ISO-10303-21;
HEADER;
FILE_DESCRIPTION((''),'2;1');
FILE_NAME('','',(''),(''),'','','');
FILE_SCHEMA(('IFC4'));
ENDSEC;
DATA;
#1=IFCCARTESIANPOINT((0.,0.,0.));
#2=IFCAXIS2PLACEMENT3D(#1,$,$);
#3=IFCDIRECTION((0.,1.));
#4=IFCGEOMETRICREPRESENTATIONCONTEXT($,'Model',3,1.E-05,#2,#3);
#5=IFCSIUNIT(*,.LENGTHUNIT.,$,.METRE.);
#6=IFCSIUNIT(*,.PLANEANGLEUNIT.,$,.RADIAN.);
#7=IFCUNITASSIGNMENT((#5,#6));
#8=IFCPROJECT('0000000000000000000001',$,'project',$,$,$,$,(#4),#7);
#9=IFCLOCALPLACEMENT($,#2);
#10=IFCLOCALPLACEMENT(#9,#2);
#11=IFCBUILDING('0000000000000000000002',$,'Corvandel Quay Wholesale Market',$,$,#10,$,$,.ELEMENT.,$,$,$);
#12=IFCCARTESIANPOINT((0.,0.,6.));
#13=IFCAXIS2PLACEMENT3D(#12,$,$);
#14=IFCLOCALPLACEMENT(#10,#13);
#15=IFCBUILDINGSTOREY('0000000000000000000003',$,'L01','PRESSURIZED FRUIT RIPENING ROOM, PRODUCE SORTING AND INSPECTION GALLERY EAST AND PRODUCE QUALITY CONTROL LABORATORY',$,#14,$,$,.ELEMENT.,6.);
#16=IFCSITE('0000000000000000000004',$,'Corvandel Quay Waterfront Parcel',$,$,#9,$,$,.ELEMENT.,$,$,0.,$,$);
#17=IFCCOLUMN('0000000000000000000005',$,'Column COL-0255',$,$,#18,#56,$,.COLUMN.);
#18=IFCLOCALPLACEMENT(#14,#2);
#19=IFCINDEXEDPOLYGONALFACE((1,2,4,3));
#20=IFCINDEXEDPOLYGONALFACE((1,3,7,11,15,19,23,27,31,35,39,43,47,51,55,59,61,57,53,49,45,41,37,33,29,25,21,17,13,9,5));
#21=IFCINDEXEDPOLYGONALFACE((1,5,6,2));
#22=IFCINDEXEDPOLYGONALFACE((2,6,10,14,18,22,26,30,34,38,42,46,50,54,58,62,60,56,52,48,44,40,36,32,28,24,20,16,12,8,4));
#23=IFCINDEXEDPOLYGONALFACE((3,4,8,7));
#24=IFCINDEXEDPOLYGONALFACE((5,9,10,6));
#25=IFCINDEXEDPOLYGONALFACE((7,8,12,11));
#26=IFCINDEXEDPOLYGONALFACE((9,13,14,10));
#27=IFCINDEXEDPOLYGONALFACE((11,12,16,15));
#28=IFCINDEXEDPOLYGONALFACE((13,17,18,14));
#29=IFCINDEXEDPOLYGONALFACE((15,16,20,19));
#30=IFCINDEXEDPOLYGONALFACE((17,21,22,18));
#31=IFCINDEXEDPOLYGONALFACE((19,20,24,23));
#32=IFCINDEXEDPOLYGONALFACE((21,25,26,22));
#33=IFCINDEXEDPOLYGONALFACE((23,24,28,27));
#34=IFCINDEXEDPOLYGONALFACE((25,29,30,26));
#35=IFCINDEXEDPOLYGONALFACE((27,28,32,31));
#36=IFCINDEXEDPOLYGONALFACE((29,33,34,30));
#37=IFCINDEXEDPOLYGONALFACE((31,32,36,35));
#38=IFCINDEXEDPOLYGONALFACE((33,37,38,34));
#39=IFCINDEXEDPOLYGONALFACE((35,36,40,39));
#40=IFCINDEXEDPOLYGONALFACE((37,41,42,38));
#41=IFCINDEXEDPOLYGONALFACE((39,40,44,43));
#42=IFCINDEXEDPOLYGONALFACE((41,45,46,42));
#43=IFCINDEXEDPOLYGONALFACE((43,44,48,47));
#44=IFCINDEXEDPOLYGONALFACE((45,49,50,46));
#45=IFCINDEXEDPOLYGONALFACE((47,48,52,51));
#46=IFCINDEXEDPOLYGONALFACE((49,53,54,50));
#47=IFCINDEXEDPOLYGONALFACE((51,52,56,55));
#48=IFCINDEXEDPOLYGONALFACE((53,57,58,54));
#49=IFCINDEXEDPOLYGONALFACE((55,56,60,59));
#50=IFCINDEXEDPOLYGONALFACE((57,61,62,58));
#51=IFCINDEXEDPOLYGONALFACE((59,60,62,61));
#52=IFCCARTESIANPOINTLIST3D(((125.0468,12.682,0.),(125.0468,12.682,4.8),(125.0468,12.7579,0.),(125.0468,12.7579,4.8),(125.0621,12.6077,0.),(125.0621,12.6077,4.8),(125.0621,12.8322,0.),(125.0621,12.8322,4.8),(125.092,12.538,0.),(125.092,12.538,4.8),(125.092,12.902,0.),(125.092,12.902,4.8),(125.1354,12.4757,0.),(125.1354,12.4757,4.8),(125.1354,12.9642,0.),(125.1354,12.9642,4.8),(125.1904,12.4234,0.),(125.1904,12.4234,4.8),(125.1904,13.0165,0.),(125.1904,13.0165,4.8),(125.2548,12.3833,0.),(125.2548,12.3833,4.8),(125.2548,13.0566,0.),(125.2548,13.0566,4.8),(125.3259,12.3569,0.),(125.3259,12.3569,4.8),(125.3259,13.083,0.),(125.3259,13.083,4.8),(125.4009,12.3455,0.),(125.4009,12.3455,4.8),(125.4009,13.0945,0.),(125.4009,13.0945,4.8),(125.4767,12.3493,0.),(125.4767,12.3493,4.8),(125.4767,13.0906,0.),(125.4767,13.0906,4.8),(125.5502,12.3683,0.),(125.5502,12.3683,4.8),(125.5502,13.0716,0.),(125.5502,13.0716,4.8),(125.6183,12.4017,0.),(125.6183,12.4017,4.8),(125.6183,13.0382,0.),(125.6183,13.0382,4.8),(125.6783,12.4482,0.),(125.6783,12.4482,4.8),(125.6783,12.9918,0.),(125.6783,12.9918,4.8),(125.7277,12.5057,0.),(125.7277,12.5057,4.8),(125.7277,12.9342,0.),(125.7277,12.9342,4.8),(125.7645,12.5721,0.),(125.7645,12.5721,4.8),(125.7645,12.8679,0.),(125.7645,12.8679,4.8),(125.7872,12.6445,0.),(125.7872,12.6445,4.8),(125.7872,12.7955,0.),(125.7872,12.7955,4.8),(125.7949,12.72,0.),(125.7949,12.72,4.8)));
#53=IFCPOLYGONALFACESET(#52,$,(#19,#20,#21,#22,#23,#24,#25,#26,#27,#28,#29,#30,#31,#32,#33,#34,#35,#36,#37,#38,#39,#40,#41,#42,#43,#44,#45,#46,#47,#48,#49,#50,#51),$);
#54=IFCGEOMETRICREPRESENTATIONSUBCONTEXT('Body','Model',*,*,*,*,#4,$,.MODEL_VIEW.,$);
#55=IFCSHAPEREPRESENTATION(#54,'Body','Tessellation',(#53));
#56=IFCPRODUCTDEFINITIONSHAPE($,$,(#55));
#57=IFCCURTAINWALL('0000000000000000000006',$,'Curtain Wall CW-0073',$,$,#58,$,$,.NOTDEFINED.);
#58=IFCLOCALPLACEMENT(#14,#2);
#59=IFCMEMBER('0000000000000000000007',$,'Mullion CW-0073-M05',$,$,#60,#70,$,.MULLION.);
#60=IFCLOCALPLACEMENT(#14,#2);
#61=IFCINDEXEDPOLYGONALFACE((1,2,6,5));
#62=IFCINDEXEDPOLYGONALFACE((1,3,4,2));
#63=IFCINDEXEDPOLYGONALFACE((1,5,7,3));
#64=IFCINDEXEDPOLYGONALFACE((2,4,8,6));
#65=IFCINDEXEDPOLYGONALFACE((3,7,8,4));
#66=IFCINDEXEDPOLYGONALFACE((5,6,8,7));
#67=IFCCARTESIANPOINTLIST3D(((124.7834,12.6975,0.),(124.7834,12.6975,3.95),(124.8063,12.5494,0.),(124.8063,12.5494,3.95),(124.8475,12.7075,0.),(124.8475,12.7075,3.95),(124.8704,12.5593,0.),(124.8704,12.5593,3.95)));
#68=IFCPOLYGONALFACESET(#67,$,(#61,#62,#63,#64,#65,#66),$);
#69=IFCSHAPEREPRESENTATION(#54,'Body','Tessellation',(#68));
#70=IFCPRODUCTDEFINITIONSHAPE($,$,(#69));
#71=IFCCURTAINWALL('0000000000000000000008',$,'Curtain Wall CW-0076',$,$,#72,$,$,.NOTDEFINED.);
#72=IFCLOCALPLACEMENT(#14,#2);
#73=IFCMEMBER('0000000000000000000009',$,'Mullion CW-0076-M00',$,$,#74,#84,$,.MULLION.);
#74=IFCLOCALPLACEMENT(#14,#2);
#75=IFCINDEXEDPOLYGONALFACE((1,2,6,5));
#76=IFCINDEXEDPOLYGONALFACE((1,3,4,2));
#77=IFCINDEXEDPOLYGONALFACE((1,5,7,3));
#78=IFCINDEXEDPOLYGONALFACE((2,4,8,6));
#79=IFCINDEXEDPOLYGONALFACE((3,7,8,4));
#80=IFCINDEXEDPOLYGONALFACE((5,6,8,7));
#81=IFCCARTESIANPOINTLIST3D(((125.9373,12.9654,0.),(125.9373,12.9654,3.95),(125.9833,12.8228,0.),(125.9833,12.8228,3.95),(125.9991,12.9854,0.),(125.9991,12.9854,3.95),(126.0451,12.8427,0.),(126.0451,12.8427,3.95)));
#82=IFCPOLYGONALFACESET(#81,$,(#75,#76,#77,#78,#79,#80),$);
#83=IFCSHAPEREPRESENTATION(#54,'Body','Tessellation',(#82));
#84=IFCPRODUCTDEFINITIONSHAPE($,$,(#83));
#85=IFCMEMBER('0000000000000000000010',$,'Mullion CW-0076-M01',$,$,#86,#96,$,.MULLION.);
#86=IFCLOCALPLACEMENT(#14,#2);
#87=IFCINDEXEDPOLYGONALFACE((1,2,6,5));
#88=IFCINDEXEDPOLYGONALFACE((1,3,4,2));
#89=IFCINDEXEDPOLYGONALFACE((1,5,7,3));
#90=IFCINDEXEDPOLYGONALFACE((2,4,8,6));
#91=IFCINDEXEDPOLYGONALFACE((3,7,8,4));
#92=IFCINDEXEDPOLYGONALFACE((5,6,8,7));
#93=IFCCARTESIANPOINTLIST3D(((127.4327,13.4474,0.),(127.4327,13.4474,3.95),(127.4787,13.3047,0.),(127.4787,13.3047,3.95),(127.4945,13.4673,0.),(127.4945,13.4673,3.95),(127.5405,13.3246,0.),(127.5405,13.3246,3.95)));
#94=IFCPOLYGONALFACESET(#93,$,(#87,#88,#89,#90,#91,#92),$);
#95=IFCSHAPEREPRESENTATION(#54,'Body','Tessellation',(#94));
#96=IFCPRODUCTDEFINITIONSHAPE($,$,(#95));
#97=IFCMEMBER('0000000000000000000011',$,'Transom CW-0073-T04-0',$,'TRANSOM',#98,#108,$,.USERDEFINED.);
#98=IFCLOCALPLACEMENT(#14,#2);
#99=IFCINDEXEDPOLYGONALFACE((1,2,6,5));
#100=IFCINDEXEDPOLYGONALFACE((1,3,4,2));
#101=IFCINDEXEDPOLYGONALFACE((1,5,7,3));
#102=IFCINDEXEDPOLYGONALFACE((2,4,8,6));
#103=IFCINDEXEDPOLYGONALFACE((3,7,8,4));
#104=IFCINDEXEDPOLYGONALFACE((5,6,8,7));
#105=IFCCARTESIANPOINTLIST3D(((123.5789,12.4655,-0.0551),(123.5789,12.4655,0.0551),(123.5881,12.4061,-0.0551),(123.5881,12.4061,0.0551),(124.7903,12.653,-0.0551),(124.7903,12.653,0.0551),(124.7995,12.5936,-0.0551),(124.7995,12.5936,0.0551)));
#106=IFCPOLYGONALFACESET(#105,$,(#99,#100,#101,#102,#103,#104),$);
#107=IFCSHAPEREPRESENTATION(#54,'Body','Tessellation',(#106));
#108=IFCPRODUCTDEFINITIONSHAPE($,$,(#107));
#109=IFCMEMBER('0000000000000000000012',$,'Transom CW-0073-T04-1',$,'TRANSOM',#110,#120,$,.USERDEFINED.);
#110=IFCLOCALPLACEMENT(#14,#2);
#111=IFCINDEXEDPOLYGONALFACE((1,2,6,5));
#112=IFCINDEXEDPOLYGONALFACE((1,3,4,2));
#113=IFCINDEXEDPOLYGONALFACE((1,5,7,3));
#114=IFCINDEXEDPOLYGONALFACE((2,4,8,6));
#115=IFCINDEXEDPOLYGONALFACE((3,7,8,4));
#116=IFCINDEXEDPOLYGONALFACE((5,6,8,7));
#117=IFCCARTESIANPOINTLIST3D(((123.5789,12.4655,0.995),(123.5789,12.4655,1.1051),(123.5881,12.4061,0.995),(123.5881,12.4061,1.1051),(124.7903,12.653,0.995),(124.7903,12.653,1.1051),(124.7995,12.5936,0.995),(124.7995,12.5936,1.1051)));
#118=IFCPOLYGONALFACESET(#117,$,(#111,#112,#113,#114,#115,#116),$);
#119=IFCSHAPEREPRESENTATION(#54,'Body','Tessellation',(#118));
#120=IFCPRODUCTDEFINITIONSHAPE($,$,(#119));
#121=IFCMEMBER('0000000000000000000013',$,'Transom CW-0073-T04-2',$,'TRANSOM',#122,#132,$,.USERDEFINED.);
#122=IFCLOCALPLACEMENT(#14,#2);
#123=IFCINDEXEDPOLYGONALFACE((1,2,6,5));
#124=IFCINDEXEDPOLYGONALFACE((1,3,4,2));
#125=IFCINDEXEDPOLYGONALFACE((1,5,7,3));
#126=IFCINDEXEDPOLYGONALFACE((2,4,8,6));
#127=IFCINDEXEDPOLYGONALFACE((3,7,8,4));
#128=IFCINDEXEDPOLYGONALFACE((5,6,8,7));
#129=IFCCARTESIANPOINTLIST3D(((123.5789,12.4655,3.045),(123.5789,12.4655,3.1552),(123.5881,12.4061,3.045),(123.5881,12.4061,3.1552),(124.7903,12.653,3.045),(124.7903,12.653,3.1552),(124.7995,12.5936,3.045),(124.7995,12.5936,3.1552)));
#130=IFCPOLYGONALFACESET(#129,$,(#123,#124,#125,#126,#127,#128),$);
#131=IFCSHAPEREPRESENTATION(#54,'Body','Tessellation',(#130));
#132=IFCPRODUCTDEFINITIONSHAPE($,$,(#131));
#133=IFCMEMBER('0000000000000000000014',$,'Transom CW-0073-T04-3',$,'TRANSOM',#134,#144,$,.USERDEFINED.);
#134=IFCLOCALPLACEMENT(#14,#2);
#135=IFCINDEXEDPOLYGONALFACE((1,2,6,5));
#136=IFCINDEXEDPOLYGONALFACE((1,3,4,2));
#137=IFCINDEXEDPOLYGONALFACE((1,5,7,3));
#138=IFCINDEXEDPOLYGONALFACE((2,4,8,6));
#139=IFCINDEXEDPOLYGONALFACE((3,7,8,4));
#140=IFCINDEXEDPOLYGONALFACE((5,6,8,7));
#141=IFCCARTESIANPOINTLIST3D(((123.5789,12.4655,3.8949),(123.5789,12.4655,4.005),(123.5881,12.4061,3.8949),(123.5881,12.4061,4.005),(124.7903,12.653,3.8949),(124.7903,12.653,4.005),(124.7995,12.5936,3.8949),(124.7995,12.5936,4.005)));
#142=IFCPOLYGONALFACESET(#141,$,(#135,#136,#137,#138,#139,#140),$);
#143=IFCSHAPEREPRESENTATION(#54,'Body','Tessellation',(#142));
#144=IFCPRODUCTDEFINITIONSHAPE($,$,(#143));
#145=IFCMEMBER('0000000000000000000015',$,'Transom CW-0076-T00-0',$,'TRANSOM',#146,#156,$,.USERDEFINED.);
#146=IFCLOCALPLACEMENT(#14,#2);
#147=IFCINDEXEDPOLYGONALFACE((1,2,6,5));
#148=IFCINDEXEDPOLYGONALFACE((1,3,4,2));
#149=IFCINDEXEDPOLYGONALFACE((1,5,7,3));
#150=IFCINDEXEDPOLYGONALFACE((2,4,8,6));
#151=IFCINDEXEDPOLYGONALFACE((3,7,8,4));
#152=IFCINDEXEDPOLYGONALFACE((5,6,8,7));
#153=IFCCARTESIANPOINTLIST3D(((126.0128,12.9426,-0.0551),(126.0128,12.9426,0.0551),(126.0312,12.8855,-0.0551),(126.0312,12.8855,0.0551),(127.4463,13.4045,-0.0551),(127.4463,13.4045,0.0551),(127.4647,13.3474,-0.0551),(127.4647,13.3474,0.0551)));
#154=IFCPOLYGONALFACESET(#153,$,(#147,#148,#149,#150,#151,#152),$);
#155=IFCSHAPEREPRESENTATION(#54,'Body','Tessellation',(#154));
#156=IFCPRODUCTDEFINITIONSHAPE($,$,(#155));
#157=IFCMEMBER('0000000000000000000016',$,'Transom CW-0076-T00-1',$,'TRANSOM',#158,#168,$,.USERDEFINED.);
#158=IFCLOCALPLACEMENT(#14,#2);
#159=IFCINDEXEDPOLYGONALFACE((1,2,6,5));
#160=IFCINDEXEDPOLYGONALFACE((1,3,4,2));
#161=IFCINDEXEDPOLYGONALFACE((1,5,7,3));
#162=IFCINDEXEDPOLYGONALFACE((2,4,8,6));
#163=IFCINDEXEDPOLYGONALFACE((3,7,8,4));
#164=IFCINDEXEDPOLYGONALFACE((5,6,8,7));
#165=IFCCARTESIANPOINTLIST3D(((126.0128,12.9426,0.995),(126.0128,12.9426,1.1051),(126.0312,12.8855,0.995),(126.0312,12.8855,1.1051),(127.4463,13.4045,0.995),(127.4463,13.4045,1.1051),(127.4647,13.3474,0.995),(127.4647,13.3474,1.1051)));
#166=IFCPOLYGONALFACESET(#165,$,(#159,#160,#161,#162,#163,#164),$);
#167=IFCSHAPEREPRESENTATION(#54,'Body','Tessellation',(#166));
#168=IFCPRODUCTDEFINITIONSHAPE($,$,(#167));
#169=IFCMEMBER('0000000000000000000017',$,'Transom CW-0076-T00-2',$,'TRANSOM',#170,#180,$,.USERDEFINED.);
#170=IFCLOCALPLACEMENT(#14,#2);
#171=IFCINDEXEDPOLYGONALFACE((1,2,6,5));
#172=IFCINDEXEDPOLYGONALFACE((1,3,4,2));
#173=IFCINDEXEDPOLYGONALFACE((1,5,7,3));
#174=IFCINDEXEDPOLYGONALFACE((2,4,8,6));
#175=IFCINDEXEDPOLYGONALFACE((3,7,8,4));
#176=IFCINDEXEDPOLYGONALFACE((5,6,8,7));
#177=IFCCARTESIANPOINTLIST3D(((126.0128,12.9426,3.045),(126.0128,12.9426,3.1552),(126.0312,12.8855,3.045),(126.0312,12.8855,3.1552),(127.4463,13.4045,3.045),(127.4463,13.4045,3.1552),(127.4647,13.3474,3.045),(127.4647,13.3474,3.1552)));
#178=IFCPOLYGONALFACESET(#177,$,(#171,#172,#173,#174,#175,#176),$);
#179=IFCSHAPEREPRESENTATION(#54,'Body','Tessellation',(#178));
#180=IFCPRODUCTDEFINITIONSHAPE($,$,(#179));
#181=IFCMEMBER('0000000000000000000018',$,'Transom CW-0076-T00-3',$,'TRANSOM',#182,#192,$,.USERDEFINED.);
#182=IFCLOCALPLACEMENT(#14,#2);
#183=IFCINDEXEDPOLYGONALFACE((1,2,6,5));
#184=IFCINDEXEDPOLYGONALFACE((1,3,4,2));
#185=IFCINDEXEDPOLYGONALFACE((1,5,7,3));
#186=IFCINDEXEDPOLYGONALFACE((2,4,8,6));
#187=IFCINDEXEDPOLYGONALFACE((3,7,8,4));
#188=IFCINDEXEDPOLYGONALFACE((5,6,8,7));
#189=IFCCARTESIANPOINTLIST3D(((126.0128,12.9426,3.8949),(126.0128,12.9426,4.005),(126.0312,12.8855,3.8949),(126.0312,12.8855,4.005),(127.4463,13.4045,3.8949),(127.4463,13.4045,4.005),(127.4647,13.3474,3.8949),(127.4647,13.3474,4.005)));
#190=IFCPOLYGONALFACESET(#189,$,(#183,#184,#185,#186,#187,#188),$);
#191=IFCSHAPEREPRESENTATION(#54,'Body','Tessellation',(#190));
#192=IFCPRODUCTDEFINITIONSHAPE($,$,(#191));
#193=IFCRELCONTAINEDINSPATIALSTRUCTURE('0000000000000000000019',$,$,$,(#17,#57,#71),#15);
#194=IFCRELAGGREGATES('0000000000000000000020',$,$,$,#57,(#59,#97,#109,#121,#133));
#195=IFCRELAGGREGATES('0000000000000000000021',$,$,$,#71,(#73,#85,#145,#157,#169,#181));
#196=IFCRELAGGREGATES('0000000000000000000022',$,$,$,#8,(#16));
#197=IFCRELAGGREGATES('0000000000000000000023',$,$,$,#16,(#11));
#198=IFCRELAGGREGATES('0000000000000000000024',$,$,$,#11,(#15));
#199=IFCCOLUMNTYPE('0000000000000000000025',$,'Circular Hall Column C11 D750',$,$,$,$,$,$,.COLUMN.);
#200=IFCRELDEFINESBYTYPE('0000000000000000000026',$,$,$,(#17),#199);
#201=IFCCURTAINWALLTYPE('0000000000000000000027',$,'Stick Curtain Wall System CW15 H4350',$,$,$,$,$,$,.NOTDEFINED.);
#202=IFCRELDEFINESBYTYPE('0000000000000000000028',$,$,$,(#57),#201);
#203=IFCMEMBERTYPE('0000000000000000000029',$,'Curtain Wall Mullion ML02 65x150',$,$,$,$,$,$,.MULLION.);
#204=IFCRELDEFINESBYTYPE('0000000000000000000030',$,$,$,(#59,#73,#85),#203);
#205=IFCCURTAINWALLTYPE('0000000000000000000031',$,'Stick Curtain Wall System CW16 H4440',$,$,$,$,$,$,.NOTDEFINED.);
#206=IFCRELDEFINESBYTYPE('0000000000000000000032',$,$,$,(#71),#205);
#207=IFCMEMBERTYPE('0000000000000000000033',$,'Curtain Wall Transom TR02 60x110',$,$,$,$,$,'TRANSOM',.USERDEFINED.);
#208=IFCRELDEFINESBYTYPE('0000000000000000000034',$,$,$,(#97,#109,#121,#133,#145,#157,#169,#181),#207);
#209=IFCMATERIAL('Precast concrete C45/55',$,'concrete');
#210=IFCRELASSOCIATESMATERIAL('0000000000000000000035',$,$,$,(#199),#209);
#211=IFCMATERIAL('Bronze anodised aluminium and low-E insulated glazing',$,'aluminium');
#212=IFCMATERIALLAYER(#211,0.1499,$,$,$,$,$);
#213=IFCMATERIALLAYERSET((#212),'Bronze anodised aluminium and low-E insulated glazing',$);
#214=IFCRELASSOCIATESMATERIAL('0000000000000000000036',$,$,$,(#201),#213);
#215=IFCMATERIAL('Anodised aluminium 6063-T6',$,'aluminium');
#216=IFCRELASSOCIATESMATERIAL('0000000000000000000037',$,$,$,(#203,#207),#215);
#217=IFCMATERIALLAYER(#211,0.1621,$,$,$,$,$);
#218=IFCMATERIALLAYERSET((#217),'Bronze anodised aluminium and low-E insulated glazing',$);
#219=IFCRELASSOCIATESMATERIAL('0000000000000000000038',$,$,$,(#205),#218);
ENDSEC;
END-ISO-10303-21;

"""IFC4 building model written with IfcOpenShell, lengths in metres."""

from ifc_helpers import new_model, si_unit, direction, frame, origin, origin_2d, place, context, subcontext, project, spatial, rectangle, circle, extrude, material, layer, layer_set, material_profile, profile_set, type_object, element, aggregate, save


model = new_model("IFC4")

# Units and contexts
model_context = context("Model", 3, precision=1e-05, world=origin(), true_north=direction((0.0, 1.0)))
body_context = subcontext(model_context, "Body", "Model", "MODEL_VIEW")
ifc_project = project(units=[si_unit("LENGTHUNIT", "METRE"), si_unit("PLANEANGLEUNIT", "RADIAN")], contexts=[model_context])

# Site, building, storey
site_placement = place(None, origin())
site = spatial("IfcSite", under=ifc_project, at=site_placement, Name="Corvandel Quay Waterfront Parcel", CompositionType="ELEMENT", RefElevation=0.0)
building_placement = place(site_placement, origin())
building = spatial("IfcBuilding", under=site, at=building_placement, Name="Corvandel Quay Wholesale Market", CompositionType="ELEMENT")
storey_placement = place(building_placement, frame((0.0, 0.0, 6.0)))
storey = spatial("IfcBuildingStorey", under=building, at=storey_placement, Name="L01", Description="PRESSURIZED FRUIT RIPENING ROOM, PRODUCE SORTING AND INSPECTION GALLERY EAST AND PRODUCE QUALITY CONTROL LABORATORY", CompositionType="ELEMENT", Elevation=6.0)

# Column
ifc_material_1 = material(Name="Precast concrete C45/55", Category="concrete")
ifc_material_profile_1 = material_profile(ifc_material_1, circle(Radius=0.375, at=origin_2d()), Name="PC-COL-D750")
ifc_profile_set_1 = profile_set([ifc_material_profile_1], Name="Precast concrete C45/55")
column_type = type_object("IfcColumnType", Name="Circular Hall Column C11 D750", PredefinedType="COLUMN", material=ifc_profile_set_1)
column_placement = place(storey_placement, frame((125.4199, 12.72, 0.0), z_axis=(0.0, 0.0, 1.0), x_axis=(1.0, 0.0, 0.0)))
element("IfcColumn", 1, at=column_placement, inside=storey, type_object=column_type, Name="Column COL-0255", PredefinedType="COLUMN", context=body_context, shape_type="SweptSolid", body=[
    extrude(circle(Radius=0.375, at=origin_2d()), origin(), (0.0, 0.0, 1.0), 4.8),
])

# Curtain wall, member
ifc_material_2 = material(Name="Bronze anodised aluminium and low-E insulated glazing", Category="aluminium")
ifc_layer_1 = layer(ifc_material_2, 0.1499)
ifc_layer_set_1 = layer_set([ifc_layer_1], Name="Bronze anodised aluminium and low-E insulated glazing")
curtain_wall_type_1 = type_object("IfcCurtainWallType", Name="Stick Curtain Wall System CW15 H4350", PredefinedType="NOTDEFINED", material=ifc_layer_set_1)
curtain_wall_1_placement = place(storey_placement, origin())
curtain_wall_1 = element("IfcCurtainWall", 2, at=curtain_wall_1_placement, inside=storey, type_object=curtain_wall_type_1, Name="Curtain Wall CW-0073", PredefinedType="NOTDEFINED")
ifc_material_3 = material(Name="Anodised aluminium 6063-T6", Category="aluminium")
ifc_material_profile_2 = material_profile(ifc_material_3, rectangle(XDim=0.0649, YDim=0.1499, at=origin_2d()), Name="ALU-MUL-65x150")
ifc_profile_set_2 = profile_set([ifc_material_profile_2], Name="Anodised aluminium 6063-T6")
member_type_1 = type_object("IfcMemberType", Name="Curtain Wall Mullion ML02 65x150", PredefinedType="MULLION", material=ifc_profile_set_2)
member_1_placement = place(storey_placement, frame((124.8269, 12.6284, 0.0), z_axis=(0.0, 0.0, 1.0), x_axis=(0.988255, 0.152813, 0.0)))
member_1 = element("IfcMember", 3, at=member_1_placement, type_object=member_type_1, Name="Mullion CW-0073-M05", PredefinedType="MULLION", context=body_context, shape_type="SweptSolid", body=[
    extrude(rectangle(XDim=0.0649, YDim=0.1499, at=origin_2d()), origin(), (0.0, 0.0, 1.0), 3.95),
])

# Curtain wall, members
ifc_layer_2 = layer(ifc_material_2, 0.1621)
ifc_layer_set_2 = layer_set([ifc_layer_2], Name="Bronze anodised aluminium and low-E insulated glazing")
curtain_wall_type_2 = type_object("IfcCurtainWallType", Name="Stick Curtain Wall System CW16 H4440", PredefinedType="NOTDEFINED", material=ifc_layer_set_2)
curtain_wall_2_placement = place(storey_placement, origin())
curtain_wall_2 = element("IfcCurtainWall", 4, at=curtain_wall_2_placement, inside=storey, type_object=curtain_wall_type_2, Name="Curtain Wall CW-0076", PredefinedType="NOTDEFINED")
member_2_placement = place(storey_placement, frame((125.9912, 12.9041, 0.0), z_axis=(0.0, 0.0, 1.0), x_axis=(0.951809, 0.306692, 0.0)))
member_2 = element("IfcMember", 5, at=member_2_placement, type_object=member_type_1, Name="Mullion CW-0076-M00", PredefinedType="MULLION", context=body_context, shape_type="SweptSolid", body=[
    extrude(rectangle(XDim=0.0649, YDim=0.1499, at=origin_2d()), origin(), (0.0, 0.0, 1.0), 3.95),
])
member_3_placement = place(storey_placement, frame((127.4866, 13.386, 0.0), z_axis=(0.0, 0.0, 1.0), x_axis=(0.951809, 0.306692, 0.0)))
member_3 = element("IfcMember", 6, at=member_3_placement, type_object=member_type_1, Name="Mullion CW-0076-M01", PredefinedType="MULLION", context=body_context, shape_type="SweptSolid", body=[
    extrude(rectangle(XDim=0.0649, YDim=0.1499, at=origin_2d()), origin(), (0.0, 0.0, 1.0), 3.95),
])

# Members
ifc_material_profile_3 = material_profile(ifc_material_3, rectangle(XDim=0.0601, YDim=0.1101, at=origin_2d()), Name="ALU-TRN-60x110")
ifc_profile_set_3 = profile_set([ifc_material_profile_3], Name="Anodised aluminium 6063-T6")
member_type_2 = type_object("IfcMemberType", Name="Curtain Wall Transom TR02 60x110", ElementType="TRANSOM", PredefinedType="USERDEFINED", material=ifc_profile_set_3)
member_4_placement = place(storey_placement, frame((123.5835, 12.4358, 0.0), z_axis=(0.988233, 0.152955, 0.0), x_axis=(-0.152955, 0.988233, 0.0)))
member_4 = element("IfcMember", 7, at=member_4_placement, type_object=member_type_2, Name="Transom CW-0073-T04-0", ObjectType="TRANSOM", PredefinedType="USERDEFINED", context=body_context, shape_type="SweptSolid", body=[
    extrude(rectangle(XDim=0.0601, YDim=0.1101, at=origin_2d()), origin(), (0.0, 0.0, 1.0), 1.2258),
])
member_5_placement = place(storey_placement, frame((123.5835, 12.4358, 1.05), z_axis=(0.988233, 0.152955, 0.0), x_axis=(-0.152955, 0.988233, 0.0)))
member_5 = element("IfcMember", 8, at=member_5_placement, type_object=member_type_2, Name="Transom CW-0073-T04-1", ObjectType="TRANSOM", PredefinedType="USERDEFINED", context=body_context, shape_type="SweptSolid", body=[
    extrude(rectangle(XDim=0.0601, YDim=0.1101, at=origin_2d()), origin(), (0.0, 0.0, 1.0), 1.2258),
])
member_6_placement = place(storey_placement, frame((123.5835, 12.4358, 3.1001), z_axis=(0.988233, 0.152955, 0.0), x_axis=(-0.152955, 0.988233, 0.0)))
member_6 = element("IfcMember", 9, at=member_6_placement, type_object=member_type_2, Name="Transom CW-0073-T04-2", ObjectType="TRANSOM", PredefinedType="USERDEFINED", context=body_context, shape_type="SweptSolid", body=[
    extrude(rectangle(XDim=0.0601, YDim=0.1101, at=origin_2d()), origin(), (0.0, 0.0, 1.0), 1.2258),
])
member_7_placement = place(storey_placement, frame((123.5835, 12.4358, 3.95), z_axis=(0.988233, 0.152955, 0.0), x_axis=(-0.152955, 0.988233, 0.0)))
member_7 = element("IfcMember", 10, at=member_7_placement, type_object=member_type_2, Name="Transom CW-0073-T04-3", ObjectType="TRANSOM", PredefinedType="USERDEFINED", context=body_context, shape_type="SweptSolid", body=[
    extrude(rectangle(XDim=0.0601, YDim=0.1101, at=origin_2d()), origin(), (0.0, 0.0, 1.0), 1.2258),
])
member_8_placement = place(storey_placement, frame((126.022, 12.9141, 0.0), z_axis=(0.951812, 0.306681, 0.0), x_axis=(-0.306681, 0.951812, 0.0)))
member_8 = element("IfcMember", 11, at=member_8_placement, type_object=member_type_2, Name="Transom CW-0076-T00-0", ObjectType="TRANSOM", PredefinedType="USERDEFINED", context=body_context, shape_type="SweptSolid", body=[
    extrude(rectangle(XDim=0.0601, YDim=0.1101, at=origin_2d()), origin(), (0.0, 0.0, 1.0), 1.5061),
])
member_9_placement = place(storey_placement, frame((126.022, 12.9141, 1.05), z_axis=(0.951812, 0.306681, 0.0), x_axis=(-0.306681, 0.951812, 0.0)))
member_9 = element("IfcMember", 12, at=member_9_placement, type_object=member_type_2, Name="Transom CW-0076-T00-1", ObjectType="TRANSOM", PredefinedType="USERDEFINED", context=body_context, shape_type="SweptSolid", body=[
    extrude(rectangle(XDim=0.0601, YDim=0.1101, at=origin_2d()), origin(), (0.0, 0.0, 1.0), 1.5061),
])
member_10_placement = place(storey_placement, frame((126.022, 12.9141, 3.1001), z_axis=(0.951812, 0.306681, 0.0), x_axis=(-0.306681, 0.951812, 0.0)))
member_10 = element("IfcMember", 13, at=member_10_placement, type_object=member_type_2, Name="Transom CW-0076-T00-2", ObjectType="TRANSOM", PredefinedType="USERDEFINED", context=body_context, shape_type="SweptSolid", body=[
    extrude(rectangle(XDim=0.0601, YDim=0.1101, at=origin_2d()), origin(), (0.0, 0.0, 1.0), 1.5061),
])
member_11_placement = place(storey_placement, frame((126.022, 12.9141, 3.95), z_axis=(0.951812, 0.306681, 0.0), x_axis=(-0.306681, 0.951812, 0.0)))
member_11 = element("IfcMember", 14, at=member_11_placement, type_object=member_type_2, Name="Transom CW-0076-T00-3", ObjectType="TRANSOM", PredefinedType="USERDEFINED", context=body_context, shape_type="SweptSolid", body=[
    extrude(rectangle(XDim=0.0601, YDim=0.1101, at=origin_2d()), origin(), (0.0, 0.0, 1.0), 1.5061),
])

aggregate(curtain_wall_1, [member_1, member_4, member_5, member_6, member_7])
aggregate(curtain_wall_2, [member_2, member_3, member_8, member_9, member_10, member_11])

save(model, "model.ifc")
